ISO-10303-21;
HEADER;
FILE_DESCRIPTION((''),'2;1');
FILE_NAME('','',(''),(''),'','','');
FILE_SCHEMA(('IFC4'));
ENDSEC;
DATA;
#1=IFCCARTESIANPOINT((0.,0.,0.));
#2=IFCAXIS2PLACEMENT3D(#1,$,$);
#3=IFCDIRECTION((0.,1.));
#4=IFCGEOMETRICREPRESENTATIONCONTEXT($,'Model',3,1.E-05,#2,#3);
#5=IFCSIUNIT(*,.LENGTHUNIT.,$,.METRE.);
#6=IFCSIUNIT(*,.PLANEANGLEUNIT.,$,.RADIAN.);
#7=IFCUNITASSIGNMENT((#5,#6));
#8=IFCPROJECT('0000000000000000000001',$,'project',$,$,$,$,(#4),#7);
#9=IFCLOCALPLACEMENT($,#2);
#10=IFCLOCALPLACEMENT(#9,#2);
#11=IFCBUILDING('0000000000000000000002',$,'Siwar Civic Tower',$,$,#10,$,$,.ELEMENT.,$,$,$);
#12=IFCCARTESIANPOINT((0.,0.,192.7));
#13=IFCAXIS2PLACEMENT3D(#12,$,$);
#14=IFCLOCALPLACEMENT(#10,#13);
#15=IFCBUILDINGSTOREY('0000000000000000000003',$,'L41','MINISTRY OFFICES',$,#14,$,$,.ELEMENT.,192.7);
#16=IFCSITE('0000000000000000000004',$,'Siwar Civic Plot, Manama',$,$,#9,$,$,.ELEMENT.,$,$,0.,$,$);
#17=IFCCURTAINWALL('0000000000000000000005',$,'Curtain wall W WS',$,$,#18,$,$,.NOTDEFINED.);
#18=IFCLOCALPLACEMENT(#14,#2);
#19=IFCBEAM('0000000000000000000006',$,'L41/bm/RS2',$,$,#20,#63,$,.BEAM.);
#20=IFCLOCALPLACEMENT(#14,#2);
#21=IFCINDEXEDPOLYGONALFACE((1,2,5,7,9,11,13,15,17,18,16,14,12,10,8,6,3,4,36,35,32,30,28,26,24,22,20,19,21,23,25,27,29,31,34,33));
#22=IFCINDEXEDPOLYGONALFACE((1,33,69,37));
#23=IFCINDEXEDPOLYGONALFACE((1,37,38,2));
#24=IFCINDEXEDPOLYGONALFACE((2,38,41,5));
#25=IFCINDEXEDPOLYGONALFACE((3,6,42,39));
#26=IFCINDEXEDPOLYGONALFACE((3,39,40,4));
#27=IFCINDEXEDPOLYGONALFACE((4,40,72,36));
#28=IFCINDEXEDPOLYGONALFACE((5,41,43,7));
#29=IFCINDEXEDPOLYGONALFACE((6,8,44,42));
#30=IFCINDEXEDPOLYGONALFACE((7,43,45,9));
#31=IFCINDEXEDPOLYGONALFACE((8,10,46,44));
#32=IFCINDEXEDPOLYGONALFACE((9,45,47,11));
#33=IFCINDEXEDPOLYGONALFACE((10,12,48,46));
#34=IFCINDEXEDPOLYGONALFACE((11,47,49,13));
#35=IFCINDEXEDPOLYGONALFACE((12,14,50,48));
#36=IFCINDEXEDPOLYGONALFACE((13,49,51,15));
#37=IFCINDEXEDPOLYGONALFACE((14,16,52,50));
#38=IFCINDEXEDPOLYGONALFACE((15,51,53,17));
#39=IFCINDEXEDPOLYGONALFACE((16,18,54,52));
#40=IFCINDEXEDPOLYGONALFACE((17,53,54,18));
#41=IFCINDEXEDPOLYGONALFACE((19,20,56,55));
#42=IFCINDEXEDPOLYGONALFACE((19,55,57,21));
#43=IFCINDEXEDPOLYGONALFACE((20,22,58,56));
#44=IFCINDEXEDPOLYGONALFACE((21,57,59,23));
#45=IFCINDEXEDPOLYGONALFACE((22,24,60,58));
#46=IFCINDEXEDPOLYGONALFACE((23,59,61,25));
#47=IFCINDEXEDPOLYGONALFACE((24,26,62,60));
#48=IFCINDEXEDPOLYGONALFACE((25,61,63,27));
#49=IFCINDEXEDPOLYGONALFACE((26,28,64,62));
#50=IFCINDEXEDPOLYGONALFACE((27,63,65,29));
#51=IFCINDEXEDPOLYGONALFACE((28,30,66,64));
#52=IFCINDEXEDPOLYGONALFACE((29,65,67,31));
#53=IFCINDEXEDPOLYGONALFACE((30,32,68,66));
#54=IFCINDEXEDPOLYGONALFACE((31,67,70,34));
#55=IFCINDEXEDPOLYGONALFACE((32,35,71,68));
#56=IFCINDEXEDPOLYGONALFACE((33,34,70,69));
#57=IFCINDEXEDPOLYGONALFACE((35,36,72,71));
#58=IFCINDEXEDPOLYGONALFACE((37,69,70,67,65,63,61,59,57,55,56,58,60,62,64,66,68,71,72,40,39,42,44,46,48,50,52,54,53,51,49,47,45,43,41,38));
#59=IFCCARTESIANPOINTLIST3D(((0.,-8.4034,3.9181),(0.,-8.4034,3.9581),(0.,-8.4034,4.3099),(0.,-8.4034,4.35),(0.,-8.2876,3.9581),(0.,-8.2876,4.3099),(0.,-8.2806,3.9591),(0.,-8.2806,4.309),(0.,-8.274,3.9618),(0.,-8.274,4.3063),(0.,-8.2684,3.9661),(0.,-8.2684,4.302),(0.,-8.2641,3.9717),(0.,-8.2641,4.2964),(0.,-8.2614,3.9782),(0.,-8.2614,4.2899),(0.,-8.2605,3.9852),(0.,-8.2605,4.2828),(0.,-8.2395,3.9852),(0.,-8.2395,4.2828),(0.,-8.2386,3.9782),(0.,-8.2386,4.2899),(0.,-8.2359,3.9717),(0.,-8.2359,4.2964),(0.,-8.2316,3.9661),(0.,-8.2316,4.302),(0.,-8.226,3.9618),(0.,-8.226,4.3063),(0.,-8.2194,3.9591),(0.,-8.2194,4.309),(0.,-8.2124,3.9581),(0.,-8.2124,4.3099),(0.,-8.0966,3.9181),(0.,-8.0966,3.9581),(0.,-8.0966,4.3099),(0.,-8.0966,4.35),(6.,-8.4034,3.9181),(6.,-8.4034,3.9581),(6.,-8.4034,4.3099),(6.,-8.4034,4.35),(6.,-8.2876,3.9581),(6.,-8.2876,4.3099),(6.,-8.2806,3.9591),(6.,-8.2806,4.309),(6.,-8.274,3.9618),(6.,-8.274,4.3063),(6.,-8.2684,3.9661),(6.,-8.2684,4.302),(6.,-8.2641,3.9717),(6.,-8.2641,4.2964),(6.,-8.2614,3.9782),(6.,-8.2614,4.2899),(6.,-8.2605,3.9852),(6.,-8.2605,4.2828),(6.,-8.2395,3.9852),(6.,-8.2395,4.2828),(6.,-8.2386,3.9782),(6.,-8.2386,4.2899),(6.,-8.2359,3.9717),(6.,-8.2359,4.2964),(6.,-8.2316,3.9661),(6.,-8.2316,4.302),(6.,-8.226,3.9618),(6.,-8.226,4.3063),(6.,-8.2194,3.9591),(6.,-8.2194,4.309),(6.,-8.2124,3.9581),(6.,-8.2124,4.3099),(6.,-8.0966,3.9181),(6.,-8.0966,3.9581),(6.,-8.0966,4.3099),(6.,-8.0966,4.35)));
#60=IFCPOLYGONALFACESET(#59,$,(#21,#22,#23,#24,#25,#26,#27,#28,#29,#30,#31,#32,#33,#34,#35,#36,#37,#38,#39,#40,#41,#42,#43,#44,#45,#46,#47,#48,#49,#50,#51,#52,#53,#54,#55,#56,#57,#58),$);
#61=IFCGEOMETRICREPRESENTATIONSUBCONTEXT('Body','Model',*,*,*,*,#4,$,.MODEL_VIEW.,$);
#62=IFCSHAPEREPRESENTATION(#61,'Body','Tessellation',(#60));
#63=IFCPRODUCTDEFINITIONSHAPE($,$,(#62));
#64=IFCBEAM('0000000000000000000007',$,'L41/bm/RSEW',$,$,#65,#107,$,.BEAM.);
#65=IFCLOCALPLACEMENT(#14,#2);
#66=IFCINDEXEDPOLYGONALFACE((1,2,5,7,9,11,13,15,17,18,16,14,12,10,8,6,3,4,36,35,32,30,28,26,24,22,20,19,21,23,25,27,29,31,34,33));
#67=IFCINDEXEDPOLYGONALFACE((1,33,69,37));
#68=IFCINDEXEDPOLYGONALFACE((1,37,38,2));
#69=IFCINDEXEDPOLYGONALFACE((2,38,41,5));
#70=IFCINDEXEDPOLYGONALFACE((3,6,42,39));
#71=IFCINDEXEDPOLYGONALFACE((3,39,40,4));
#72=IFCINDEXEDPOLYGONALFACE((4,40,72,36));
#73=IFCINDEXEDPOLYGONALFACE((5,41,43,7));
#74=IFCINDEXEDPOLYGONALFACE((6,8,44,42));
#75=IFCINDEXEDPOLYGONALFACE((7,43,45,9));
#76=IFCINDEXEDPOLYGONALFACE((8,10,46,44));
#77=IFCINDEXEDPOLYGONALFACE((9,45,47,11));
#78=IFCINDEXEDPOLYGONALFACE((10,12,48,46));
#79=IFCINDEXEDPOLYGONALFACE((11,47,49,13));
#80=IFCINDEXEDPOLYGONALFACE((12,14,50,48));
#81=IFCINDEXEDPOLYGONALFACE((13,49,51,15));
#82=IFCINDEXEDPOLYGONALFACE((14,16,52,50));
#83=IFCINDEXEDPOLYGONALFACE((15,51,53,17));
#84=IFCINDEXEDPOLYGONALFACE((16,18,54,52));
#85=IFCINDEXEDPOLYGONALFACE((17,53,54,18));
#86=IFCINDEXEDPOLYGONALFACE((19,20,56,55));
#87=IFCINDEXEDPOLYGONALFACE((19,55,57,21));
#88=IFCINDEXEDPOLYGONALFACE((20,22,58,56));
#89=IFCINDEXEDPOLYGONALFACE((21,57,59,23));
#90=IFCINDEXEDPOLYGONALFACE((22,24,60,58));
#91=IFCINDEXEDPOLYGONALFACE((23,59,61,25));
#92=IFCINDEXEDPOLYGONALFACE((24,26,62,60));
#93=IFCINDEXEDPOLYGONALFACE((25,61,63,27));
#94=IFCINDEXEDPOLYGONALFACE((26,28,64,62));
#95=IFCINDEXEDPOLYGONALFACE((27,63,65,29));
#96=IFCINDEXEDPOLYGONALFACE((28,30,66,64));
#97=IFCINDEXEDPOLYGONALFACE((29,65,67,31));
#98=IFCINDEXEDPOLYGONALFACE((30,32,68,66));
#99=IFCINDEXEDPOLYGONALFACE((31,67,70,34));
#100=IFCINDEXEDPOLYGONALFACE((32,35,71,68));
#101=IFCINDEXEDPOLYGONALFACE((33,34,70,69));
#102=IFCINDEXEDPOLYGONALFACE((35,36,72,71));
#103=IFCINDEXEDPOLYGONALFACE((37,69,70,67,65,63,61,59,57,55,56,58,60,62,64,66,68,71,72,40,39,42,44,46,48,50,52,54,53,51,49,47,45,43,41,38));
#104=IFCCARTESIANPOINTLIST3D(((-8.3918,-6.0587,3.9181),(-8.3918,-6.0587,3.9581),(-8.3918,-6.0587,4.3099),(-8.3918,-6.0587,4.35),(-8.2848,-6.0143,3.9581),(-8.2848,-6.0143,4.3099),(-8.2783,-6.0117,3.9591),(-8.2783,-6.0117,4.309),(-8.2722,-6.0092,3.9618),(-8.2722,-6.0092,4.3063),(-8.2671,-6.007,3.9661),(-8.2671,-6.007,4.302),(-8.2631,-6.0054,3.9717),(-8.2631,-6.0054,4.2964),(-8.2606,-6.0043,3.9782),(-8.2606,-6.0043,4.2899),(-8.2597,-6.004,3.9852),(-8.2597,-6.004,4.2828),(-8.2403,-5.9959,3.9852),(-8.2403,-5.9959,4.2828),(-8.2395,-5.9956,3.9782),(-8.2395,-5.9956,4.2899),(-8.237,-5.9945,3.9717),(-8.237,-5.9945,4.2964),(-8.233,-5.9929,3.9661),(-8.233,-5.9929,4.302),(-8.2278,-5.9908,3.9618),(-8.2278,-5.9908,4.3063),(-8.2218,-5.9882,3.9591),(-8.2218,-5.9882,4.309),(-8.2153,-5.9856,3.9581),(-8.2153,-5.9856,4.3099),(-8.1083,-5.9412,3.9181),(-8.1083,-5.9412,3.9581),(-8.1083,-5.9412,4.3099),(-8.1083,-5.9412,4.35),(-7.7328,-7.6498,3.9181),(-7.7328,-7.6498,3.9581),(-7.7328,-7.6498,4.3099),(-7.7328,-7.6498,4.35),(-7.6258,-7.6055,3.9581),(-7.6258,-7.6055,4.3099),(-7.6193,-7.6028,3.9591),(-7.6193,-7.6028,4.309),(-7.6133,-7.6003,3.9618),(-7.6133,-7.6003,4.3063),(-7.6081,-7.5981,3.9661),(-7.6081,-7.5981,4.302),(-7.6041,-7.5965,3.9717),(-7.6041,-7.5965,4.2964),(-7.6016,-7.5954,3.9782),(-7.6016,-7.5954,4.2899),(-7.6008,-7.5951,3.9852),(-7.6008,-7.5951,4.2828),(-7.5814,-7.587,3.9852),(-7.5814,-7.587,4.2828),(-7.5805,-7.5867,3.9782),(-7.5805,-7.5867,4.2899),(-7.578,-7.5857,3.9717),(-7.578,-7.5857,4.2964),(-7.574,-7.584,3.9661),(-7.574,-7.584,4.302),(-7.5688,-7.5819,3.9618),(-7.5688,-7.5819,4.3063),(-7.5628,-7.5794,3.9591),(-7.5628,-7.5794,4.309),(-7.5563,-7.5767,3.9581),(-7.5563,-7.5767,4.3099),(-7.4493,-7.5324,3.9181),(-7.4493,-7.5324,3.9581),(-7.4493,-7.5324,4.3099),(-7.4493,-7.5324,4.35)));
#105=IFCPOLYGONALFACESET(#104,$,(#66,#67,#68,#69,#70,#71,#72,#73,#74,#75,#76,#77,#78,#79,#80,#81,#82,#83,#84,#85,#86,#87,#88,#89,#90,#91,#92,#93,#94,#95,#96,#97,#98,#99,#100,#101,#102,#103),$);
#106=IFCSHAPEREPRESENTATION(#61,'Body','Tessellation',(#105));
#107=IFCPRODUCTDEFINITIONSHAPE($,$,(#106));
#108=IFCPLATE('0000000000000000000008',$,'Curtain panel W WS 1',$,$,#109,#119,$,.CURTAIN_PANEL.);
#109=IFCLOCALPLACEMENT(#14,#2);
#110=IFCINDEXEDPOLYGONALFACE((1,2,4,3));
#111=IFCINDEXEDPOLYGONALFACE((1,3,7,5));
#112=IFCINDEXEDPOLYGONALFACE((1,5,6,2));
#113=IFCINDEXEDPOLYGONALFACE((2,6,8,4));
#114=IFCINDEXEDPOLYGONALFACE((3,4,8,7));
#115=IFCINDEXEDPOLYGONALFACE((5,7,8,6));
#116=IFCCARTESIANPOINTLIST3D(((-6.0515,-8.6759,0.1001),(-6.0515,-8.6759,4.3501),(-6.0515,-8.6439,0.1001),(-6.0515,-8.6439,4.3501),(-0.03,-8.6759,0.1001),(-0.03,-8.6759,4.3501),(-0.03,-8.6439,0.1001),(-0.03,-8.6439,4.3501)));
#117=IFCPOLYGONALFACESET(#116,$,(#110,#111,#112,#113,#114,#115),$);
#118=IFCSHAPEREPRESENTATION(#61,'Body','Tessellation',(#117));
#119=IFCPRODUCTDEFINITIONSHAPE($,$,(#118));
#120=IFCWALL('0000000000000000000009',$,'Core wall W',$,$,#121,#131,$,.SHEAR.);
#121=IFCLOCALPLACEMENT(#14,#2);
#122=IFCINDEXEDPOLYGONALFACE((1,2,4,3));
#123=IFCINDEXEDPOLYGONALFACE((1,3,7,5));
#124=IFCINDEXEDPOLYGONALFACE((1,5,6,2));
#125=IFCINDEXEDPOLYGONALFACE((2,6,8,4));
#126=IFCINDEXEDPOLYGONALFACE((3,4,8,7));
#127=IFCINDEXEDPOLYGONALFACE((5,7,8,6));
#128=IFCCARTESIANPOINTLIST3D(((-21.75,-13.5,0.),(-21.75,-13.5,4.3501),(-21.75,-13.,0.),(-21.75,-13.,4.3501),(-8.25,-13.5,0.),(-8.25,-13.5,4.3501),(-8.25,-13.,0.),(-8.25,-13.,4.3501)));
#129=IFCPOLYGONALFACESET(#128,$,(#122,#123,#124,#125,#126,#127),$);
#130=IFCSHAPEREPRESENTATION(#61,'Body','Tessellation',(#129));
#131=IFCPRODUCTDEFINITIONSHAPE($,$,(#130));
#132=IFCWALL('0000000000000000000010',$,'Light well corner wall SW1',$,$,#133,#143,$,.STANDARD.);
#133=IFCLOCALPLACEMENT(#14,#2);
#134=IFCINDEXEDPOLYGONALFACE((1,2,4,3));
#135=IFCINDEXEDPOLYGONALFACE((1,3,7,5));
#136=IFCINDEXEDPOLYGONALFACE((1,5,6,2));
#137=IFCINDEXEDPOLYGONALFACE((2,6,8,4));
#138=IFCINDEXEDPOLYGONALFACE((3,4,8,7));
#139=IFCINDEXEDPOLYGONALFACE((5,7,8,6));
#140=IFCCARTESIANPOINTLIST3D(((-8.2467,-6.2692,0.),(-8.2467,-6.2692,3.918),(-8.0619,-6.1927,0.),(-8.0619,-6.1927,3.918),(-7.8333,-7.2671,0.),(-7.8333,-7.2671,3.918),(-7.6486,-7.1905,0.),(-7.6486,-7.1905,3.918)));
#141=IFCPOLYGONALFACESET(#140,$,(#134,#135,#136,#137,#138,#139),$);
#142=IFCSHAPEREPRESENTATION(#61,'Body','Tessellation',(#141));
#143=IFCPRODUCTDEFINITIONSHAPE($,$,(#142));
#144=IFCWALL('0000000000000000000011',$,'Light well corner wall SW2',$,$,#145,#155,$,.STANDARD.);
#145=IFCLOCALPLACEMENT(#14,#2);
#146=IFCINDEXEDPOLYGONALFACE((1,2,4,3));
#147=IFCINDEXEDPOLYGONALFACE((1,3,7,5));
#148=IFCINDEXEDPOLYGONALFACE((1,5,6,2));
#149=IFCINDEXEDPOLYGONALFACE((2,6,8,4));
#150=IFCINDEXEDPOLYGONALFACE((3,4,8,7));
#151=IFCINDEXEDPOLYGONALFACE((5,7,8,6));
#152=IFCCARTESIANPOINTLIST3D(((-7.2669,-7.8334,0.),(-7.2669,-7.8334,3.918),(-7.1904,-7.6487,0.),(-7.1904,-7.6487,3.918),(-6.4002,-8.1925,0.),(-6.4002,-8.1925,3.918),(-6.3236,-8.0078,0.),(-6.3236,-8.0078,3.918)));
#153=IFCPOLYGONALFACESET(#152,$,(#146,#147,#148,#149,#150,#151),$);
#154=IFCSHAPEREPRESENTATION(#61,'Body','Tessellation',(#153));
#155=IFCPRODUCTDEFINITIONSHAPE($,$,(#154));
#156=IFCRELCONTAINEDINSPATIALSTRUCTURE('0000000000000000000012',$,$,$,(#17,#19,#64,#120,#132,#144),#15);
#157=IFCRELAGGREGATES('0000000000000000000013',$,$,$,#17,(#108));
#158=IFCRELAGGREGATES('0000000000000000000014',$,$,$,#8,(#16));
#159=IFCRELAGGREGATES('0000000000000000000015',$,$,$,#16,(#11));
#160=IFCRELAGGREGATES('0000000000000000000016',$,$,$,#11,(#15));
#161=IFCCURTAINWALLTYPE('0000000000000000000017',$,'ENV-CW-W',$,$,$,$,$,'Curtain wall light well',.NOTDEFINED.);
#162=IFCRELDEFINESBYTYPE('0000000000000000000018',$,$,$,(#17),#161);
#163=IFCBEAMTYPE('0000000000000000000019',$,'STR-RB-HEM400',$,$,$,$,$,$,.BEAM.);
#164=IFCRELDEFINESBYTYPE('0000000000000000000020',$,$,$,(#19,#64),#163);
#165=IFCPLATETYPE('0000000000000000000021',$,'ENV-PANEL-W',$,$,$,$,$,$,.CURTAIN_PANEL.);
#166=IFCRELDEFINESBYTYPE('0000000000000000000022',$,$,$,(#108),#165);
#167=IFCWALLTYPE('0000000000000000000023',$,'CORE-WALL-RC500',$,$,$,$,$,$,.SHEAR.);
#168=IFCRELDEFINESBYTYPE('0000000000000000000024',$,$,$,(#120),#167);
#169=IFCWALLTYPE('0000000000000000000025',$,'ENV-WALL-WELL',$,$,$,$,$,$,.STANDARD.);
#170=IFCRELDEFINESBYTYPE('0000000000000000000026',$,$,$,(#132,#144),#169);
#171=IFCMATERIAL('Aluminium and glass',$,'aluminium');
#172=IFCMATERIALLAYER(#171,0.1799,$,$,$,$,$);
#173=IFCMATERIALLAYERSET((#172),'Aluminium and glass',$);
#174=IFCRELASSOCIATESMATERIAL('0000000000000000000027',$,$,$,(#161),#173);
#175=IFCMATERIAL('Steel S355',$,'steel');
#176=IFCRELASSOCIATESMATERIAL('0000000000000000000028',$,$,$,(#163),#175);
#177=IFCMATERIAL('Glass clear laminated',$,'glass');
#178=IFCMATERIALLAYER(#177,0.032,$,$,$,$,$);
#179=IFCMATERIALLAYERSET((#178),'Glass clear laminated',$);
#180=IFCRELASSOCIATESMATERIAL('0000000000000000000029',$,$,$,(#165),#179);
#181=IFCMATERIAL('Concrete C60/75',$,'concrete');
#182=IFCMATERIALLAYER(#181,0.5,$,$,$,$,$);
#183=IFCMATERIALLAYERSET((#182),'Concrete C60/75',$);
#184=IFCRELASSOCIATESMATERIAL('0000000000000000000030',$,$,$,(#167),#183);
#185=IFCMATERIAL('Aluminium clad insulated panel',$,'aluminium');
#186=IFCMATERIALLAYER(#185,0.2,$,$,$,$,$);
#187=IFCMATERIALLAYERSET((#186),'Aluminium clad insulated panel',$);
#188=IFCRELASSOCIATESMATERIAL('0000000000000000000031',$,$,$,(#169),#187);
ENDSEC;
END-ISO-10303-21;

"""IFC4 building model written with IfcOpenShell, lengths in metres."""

from ifc_helpers import new_model, si_unit, direction, frame, frame_2d, origin, origin_2d, place, context, subcontext, project, spatial, rectangle, i_section, extrude, material, layer, layer_set, material_profile, profile_set, type_object, element, aggregate, save


model = new_model("IFC4")

# Units and contexts
model_context = context("Model", 3, precision=1e-05, world=origin(), true_north=direction((0.0, 1.0)))
body_context = subcontext(model_context, "Body", "Model", "MODEL_VIEW")
ifc_project = project(units=[si_unit("LENGTHUNIT", "METRE"), si_unit("PLANEANGLEUNIT", "RADIAN")], contexts=[model_context])

# Site, building, storey
site_placement = place(None, origin())
site = spatial("IfcSite", under=ifc_project, at=site_placement, Name="Siwar Civic Plot, Manama", CompositionType="ELEMENT", RefElevation=0.0)
building_placement = place(site_placement, origin())
building = spatial("IfcBuilding", under=site, at=building_placement, Name="Siwar Civic Tower", CompositionType="ELEMENT")
storey_placement = place(building_placement, frame((0.0, 0.0, 192.7)))
storey = spatial("IfcBuildingStorey", under=building, at=storey_placement, Name="L41", Description="MINISTRY OFFICES", CompositionType="ELEMENT", Elevation=192.7)

# Curtain wall
ifc_material_1 = material(Name="Aluminium and glass", Category="aluminium")
ifc_layer_1 = layer(ifc_material_1, 0.1799)
ifc_layer_set_1 = layer_set([ifc_layer_1], Name="Aluminium and glass")
curtain_wall_type = type_object("IfcCurtainWallType", Name="ENV-CW-W", ElementType="Curtain wall light well", PredefinedType="NOTDEFINED", material=ifc_layer_set_1)
curtain_wall_placement = place(storey_placement, origin())
curtain_wall = element("IfcCurtainWall", 1, at=curtain_wall_placement, inside=storey, type_object=curtain_wall_type, Name="Curtain wall W WS", PredefinedType="NOTDEFINED")

# Beams
ifc_material_2 = material(Name="Steel S355", Category="steel")
ifc_material_profile_1 = material_profile(ifc_material_2, i_section(OverallWidth=0.3069, OverallDepth=0.4319, WebThickness=0.021, FlangeThickness=0.04, FilletRadius=0.0271, at=origin_2d()), Name="HEM400")
ifc_profile_set_1 = profile_set([ifc_material_profile_1], Name="Steel S355")
beam_type = type_object("IfcBeamType", Name="STR-RB-HEM400", PredefinedType="BEAM", material=ifc_profile_set_1)
for number, where, z_axis, x_axis, name in (
    (2, (0.0, -8.25, 4.134), (1.0, 0.0, 0.0), (0.0, 1.0, 0.0), "L41/bm/RS2"),
):
    element("IfcBeam", number, at=place(storey_placement, frame(where, z_axis=z_axis, x_axis=x_axis)), inside=storey, type_object=beam_type, Name=name, PredefinedType="BEAM", context=body_context, shape_type="SweptSolid", body=[
        extrude(i_section(OverallWidth=0.3069, OverallDepth=0.4319, WebThickness=0.021, FlangeThickness=0.04, FilletRadius=0.0271, at=origin_2d()), origin(), (0.0, 0.0, 1.0), 6.0),
    ])
beam_1_placement = place(storey_placement, frame((-7.5911, -7.5911, 4.134), z_axis=(-0.382631, 0.923901, 0.0), x_axis=(-0.923901, -0.382631, 0.0)))
element("IfcBeam", 3, at=beam_1_placement, inside=storey, type_object=beam_type, Name="L41/bm/RSEW", PredefinedType="BEAM", context=body_context, shape_type="SweptSolid", body=[
    extrude(i_section(OverallWidth=0.3069, OverallDepth=0.4319, WebThickness=0.021, FlangeThickness=0.04, FilletRadius=0.0271, at=origin_2d()), origin(), (0.0, 0.0, 1.0), 1.7222),
])

# Plate
ifc_material_3 = material(Name="Glass clear laminated", Category="glass")
ifc_layer_2 = layer(ifc_material_3, 0.032)
ifc_layer_set_2 = layer_set([ifc_layer_2], Name="Glass clear laminated")
plate_type = type_object("IfcPlateType", Name="ENV-PANEL-W", PredefinedType="CURTAIN_PANEL", material=ifc_layer_set_2)
plate_placement = place(storey_placement, frame((-3.0408, -8.6599, 0.1001), z_axis=(0.0, 0.0, 1.0), x_axis=(1.0, 0.0, 0.0)))
plate = element("IfcPlate", 4, at=plate_placement, type_object=plate_type, Name="Curtain panel W WS 1", PredefinedType="CURTAIN_PANEL", context=body_context, shape_type="SweptSolid", body=[
    extrude(rectangle(XDim=6.0215, YDim=0.032, at=origin_2d()), origin(), (0.0, 0.0, 1.0), 4.25),
])
aggregate(curtain_wall, [plate])

# Walls
ifc_material_4 = material(Name="Concrete C60/75", Category="concrete")
ifc_layer_3 = layer(ifc_material_4, 0.5)
ifc_layer_set_3 = layer_set([ifc_layer_3], Name="Concrete C60/75")
wall_type_1 = type_object("IfcWallType", Name="CORE-WALL-RC500", PredefinedType="SHEAR", material=ifc_layer_set_3)
wall_1_placement = place(storey_placement, frame((-8.25, -13.25, 0.0), z_axis=(0.0, 0.0, 1.0), x_axis=(-1.0, 0.0, 0.0)))
element("IfcWall", 5, at=wall_1_placement, inside=storey, type_object=wall_type_1, Name="Core wall W", PredefinedType="SHEAR", context=body_context, shape_type="SweptSolid", body=[
    extrude(rectangle(XDim=13.5, YDim=0.5, at=frame_2d((6.75, 0.0))), origin(), (0.0, 0.0, 1.0), 4.3501),
])
ifc_material_5 = material(Name="Aluminium clad insulated panel", Category="aluminium")
ifc_layer_4 = layer(ifc_material_5, 0.2)
ifc_layer_set_4 = layer_set([ifc_layer_4], Name="Aluminium clad insulated panel")
wall_type_2 = type_object("IfcWallType", Name="ENV-WALL-WELL", PredefinedType="STANDARD", material=ifc_layer_set_4)
wall_2_placement = place(storey_placement, frame((-8.1543, -6.231, 0.0), z_axis=(0.0, 0.0, 1.0), x_axis=(0.382704, -0.923871, 0.0)))
element("IfcWall", 6, at=wall_2_placement, inside=storey, type_object=wall_type_2, Name="Light well corner wall SW1", PredefinedType="STANDARD", context=body_context, shape_type="SweptSolid", body=[
    extrude(rectangle(XDim=1.0801, YDim=0.2, at=frame_2d((0.54, 0.0))), origin(), (0.0, 0.0, 1.0), 3.918),
])
wall_3_placement = place(storey_placement, frame((-7.2288, -7.741, 0.0), z_axis=(0.0, 0.0, 1.0), x_axis=(0.92383, -0.382804, 0.0)))
element("IfcWall", 7, at=wall_3_placement, inside=storey, type_object=wall_type_2, Name="Light well corner wall SW2", PredefinedType="STANDARD", context=body_context, shape_type="SweptSolid", body=[
    extrude(rectangle(XDim=0.9382, YDim=0.2, at=frame_2d((0.4692, 0.0))), origin(), (0.0, 0.0, 1.0), 3.918),
])

save(model, "model.ifc")
